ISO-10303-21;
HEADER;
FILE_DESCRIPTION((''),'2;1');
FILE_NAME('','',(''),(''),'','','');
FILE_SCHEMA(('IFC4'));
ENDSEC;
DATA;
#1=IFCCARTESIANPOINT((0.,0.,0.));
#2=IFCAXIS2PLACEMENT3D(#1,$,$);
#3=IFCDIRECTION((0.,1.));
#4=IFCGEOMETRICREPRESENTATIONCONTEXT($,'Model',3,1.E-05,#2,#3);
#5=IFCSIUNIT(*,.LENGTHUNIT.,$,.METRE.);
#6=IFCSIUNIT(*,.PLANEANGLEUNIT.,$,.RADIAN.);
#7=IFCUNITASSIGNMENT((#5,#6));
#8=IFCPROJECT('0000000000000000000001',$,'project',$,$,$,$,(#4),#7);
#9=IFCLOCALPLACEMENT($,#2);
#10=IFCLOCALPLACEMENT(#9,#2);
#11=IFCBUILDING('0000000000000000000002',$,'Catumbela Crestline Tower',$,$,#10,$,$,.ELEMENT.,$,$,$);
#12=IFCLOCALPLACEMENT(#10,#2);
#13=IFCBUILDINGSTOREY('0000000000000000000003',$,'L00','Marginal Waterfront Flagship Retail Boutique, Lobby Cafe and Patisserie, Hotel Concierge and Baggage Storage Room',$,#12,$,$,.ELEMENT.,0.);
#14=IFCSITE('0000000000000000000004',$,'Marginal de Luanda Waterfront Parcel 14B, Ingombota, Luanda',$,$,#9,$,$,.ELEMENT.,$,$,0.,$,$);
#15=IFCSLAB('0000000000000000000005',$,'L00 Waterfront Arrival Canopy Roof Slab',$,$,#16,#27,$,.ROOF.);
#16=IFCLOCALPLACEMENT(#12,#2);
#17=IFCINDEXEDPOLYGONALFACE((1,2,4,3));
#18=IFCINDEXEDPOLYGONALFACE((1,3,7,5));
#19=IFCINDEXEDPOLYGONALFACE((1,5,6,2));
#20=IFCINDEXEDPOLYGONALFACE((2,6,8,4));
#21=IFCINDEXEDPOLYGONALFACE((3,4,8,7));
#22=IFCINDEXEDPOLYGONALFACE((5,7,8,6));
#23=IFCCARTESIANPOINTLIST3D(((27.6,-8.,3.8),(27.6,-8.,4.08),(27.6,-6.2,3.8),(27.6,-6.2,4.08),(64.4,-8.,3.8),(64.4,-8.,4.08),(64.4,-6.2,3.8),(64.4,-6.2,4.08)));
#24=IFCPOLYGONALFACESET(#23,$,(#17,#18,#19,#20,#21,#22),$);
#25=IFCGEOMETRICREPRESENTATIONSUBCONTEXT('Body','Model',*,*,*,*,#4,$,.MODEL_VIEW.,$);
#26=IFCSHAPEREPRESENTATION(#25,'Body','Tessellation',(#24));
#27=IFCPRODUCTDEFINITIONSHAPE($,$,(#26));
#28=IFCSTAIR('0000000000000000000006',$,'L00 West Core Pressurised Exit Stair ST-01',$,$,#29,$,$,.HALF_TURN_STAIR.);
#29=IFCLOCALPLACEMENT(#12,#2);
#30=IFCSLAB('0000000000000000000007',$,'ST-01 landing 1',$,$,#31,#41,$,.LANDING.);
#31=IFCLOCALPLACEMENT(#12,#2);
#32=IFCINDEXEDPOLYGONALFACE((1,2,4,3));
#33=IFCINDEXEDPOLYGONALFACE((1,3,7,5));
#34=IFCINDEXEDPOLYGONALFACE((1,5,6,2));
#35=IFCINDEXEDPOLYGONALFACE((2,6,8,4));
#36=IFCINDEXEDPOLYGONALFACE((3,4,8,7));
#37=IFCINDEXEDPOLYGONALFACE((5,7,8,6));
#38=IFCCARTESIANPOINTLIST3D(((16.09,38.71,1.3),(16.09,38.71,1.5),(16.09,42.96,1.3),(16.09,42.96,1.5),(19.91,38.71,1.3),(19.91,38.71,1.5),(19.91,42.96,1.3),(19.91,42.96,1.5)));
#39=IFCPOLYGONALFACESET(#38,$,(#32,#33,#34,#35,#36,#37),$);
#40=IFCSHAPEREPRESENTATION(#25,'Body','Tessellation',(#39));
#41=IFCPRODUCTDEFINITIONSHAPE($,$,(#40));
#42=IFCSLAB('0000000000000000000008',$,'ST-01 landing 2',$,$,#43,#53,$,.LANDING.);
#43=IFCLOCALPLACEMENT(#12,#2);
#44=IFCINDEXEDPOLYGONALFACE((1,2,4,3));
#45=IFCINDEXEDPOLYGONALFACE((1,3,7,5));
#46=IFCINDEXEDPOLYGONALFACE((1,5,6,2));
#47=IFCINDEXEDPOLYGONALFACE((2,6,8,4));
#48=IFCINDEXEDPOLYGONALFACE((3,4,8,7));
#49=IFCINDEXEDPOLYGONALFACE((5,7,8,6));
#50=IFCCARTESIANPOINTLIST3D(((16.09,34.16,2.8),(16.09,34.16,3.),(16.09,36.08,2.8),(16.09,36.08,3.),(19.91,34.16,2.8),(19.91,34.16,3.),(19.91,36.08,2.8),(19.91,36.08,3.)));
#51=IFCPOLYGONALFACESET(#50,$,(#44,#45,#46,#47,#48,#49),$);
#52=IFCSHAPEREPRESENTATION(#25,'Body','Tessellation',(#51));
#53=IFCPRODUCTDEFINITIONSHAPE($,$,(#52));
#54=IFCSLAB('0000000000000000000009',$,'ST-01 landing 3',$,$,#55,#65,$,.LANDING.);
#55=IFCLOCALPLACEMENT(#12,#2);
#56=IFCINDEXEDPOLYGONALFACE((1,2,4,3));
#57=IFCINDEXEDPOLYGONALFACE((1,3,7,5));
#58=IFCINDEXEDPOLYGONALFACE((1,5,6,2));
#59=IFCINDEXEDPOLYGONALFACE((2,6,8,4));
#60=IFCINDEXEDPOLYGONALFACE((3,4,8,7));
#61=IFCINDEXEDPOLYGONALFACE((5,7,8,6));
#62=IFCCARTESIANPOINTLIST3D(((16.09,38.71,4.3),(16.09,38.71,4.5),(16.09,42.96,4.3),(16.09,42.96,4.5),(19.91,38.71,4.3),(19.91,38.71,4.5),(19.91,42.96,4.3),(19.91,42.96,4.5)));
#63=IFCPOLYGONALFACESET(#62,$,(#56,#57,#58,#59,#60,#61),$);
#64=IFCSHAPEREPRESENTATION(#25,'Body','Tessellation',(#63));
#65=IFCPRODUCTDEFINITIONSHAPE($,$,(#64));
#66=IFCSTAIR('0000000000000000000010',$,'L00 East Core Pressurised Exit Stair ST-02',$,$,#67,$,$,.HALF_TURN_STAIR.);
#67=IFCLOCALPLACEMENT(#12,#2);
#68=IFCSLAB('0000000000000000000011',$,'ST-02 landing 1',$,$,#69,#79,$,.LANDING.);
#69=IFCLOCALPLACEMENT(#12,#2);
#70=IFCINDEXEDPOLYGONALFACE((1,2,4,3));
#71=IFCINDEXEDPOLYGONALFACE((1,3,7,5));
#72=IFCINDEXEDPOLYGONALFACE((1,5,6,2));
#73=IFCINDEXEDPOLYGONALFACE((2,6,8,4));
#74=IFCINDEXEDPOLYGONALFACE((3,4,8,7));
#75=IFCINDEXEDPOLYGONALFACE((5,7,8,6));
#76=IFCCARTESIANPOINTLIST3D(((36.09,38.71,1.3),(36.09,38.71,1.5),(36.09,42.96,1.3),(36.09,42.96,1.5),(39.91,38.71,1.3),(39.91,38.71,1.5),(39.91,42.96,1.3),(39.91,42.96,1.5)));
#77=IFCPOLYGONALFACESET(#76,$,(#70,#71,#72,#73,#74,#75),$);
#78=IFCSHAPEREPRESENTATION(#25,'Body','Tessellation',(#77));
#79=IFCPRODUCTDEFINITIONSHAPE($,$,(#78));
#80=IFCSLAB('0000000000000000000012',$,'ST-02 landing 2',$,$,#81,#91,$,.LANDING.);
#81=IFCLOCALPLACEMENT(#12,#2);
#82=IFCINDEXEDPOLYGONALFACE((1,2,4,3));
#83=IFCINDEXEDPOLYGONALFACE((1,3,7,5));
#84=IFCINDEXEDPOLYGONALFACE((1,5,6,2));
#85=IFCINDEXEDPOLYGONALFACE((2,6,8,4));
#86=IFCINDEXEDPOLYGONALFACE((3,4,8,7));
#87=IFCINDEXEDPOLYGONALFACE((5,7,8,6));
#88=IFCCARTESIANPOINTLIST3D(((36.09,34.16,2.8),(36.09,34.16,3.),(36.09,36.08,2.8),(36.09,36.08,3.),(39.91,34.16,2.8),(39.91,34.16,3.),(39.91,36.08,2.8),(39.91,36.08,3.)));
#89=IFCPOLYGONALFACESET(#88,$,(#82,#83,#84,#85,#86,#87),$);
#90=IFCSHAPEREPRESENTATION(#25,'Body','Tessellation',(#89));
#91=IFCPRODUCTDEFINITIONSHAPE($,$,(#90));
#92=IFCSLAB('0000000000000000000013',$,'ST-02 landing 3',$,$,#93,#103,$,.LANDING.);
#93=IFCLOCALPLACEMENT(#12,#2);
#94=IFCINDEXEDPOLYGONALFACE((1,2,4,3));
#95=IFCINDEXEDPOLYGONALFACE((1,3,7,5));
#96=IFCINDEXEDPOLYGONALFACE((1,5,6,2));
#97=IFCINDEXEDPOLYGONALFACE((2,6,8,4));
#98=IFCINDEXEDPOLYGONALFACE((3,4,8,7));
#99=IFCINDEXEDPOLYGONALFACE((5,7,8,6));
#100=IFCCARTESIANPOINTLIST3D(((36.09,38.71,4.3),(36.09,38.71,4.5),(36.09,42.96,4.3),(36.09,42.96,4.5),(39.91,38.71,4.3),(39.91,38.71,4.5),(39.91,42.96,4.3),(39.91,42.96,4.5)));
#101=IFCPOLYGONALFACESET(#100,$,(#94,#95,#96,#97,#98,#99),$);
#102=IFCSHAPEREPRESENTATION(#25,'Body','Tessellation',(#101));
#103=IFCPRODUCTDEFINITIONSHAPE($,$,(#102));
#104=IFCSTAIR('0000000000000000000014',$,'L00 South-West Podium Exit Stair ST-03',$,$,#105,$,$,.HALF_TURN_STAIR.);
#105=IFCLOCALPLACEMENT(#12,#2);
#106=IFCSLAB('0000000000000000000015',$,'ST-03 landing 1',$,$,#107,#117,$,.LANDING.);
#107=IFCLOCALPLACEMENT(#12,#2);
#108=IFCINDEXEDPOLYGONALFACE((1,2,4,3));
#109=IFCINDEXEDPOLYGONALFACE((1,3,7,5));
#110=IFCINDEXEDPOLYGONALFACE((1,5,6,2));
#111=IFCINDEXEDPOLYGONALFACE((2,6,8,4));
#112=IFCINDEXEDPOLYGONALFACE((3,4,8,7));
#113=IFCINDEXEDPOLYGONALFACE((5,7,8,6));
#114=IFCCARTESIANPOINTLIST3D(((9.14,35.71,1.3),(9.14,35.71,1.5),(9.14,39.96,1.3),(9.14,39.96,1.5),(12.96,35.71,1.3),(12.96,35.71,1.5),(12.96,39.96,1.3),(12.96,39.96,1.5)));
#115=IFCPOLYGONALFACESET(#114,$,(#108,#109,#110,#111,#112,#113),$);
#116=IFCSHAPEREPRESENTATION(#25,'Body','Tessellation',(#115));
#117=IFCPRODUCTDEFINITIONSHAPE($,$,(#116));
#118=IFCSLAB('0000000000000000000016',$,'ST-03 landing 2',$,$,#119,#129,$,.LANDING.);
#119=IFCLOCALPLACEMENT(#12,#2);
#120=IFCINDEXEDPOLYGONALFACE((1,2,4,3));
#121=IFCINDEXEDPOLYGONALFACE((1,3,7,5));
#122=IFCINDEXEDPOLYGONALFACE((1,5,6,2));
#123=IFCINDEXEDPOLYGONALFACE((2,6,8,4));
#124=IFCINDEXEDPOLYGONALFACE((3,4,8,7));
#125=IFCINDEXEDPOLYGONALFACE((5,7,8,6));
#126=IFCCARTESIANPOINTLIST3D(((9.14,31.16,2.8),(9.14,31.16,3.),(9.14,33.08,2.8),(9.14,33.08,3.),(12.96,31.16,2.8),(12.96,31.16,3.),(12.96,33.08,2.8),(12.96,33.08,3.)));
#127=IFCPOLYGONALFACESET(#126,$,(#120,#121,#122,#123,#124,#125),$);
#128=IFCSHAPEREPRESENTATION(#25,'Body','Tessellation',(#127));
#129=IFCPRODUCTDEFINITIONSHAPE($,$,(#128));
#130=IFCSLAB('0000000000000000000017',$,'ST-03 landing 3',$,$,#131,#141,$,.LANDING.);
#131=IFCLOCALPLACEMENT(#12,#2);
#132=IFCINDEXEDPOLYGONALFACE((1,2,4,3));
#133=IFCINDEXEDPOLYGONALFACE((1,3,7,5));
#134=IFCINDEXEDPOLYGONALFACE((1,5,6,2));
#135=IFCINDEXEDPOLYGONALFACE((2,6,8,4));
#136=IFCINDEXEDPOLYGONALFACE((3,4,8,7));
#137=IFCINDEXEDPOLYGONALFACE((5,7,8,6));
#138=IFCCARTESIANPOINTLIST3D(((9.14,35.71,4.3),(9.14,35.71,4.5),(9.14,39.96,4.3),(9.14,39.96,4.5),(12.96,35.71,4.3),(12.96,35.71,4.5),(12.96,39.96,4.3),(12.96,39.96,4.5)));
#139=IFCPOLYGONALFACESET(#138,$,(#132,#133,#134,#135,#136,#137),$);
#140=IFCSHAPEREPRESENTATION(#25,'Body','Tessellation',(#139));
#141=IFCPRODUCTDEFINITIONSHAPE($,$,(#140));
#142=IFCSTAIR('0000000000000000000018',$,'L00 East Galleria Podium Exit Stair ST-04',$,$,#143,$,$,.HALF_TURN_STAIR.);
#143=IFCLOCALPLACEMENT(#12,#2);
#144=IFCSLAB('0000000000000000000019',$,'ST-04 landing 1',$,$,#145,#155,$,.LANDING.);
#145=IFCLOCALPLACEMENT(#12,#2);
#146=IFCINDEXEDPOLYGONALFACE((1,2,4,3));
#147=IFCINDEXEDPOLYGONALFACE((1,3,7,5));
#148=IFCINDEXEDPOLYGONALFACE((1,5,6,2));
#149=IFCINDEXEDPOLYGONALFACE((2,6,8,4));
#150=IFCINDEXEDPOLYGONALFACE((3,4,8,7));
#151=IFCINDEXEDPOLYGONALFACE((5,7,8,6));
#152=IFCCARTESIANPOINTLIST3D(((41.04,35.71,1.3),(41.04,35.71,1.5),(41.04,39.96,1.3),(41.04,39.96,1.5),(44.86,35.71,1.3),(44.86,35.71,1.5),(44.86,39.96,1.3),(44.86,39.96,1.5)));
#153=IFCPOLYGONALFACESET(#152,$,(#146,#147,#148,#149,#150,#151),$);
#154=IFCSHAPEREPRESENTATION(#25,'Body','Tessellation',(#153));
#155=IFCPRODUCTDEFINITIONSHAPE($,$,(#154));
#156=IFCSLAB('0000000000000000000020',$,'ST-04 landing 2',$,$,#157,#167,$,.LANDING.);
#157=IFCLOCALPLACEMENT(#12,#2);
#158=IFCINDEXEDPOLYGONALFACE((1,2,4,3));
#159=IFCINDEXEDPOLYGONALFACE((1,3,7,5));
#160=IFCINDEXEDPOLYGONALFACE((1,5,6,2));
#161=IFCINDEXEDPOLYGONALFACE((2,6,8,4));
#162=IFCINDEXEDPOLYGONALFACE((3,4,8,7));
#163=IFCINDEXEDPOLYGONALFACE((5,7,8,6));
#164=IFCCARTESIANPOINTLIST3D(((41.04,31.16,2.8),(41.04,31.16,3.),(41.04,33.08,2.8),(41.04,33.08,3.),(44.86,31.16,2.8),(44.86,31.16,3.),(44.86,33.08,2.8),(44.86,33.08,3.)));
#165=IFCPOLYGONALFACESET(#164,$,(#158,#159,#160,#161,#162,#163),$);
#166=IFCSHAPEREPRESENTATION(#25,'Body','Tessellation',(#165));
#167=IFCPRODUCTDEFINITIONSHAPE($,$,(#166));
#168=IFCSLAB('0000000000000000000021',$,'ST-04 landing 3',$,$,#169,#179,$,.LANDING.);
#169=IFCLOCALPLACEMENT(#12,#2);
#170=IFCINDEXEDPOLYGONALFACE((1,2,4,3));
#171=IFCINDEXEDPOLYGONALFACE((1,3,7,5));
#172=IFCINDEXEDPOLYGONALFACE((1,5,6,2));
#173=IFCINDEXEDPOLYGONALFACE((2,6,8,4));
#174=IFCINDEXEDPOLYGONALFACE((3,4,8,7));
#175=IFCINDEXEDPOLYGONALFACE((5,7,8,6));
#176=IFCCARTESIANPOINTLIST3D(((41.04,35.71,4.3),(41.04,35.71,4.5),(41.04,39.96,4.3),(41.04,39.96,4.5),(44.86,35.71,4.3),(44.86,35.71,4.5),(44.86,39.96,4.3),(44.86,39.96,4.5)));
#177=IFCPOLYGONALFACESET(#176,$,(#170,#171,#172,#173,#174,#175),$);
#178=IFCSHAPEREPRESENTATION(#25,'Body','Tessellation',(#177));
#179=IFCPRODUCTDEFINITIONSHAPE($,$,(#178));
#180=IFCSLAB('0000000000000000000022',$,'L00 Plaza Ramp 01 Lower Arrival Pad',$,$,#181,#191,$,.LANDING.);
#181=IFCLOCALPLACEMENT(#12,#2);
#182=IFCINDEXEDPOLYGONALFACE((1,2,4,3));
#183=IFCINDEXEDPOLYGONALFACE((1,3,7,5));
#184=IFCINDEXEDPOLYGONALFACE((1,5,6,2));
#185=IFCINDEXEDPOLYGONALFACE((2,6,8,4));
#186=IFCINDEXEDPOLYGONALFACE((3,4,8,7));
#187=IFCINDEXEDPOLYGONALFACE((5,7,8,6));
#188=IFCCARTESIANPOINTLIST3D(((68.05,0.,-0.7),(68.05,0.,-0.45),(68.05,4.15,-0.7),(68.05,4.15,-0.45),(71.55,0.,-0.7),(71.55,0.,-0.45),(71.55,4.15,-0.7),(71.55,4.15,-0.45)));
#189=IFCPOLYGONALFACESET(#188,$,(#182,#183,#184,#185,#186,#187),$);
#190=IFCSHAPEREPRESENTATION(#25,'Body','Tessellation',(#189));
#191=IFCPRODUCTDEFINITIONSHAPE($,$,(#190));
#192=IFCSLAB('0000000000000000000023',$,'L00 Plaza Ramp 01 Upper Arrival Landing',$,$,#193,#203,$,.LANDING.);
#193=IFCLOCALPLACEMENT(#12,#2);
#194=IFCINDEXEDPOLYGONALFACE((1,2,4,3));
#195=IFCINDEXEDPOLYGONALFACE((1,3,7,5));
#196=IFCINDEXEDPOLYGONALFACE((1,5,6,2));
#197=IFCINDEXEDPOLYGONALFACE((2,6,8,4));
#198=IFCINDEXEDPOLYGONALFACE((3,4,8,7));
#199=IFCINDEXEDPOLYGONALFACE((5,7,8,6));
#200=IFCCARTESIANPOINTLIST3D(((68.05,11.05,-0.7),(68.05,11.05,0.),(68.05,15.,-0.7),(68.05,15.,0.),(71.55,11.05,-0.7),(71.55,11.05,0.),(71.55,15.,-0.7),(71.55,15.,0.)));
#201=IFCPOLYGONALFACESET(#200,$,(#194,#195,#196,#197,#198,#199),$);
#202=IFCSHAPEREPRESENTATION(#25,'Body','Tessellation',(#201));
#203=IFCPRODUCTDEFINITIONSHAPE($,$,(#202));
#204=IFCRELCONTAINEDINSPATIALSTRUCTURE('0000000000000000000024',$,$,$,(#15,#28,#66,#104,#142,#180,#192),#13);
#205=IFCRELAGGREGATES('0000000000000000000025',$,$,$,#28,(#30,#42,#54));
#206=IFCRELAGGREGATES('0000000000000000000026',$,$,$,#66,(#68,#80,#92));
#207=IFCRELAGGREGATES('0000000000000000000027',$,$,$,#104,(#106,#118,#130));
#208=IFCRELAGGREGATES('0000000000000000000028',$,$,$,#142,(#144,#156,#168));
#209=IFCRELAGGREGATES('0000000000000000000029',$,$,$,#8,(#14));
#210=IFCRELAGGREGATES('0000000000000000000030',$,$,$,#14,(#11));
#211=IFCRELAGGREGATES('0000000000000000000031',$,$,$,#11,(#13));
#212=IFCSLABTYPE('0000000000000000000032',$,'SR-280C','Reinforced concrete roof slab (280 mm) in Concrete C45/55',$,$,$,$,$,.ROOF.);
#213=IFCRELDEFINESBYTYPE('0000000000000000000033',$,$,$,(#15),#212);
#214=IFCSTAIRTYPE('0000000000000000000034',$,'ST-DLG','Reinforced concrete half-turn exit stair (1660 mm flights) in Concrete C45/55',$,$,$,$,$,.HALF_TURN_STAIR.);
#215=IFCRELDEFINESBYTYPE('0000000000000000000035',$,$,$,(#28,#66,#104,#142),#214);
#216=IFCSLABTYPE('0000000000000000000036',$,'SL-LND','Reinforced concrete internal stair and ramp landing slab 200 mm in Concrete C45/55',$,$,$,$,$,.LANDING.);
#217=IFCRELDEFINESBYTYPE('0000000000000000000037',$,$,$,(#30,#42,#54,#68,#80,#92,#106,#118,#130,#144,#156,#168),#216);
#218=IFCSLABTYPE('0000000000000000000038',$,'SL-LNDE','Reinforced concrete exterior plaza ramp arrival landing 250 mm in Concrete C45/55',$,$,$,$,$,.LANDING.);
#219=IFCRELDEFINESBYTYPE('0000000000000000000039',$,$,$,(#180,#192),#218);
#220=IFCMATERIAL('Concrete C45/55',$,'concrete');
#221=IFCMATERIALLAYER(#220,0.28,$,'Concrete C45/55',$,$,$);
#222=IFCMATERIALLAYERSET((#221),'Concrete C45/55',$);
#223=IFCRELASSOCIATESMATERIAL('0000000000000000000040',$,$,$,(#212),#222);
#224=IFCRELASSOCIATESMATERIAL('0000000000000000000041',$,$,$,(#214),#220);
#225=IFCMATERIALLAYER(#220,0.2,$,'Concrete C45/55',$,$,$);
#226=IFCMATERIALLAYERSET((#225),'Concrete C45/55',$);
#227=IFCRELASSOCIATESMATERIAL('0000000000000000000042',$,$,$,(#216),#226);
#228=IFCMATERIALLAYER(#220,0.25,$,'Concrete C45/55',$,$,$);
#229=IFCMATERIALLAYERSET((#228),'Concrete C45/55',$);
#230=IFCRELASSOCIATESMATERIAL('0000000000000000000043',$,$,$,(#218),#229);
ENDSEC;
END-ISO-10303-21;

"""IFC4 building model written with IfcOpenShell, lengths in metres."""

from ifc_helpers import new_model, si_unit, direction, frame, origin, place, context, subcontext, project, spatial, polyline, outline, extrude, material, layer, layer_set, type_object, element, aggregate, save


model = new_model("IFC4")

# Units and contexts
model_context = context("Model", 3, precision=1e-05, world=origin(), true_north=direction((0.0, 1.0)))
body_context = subcontext(model_context, "Body", "Model", "MODEL_VIEW")
ifc_project = project(units=[si_unit("LENGTHUNIT", "METRE"), si_unit("PLANEANGLEUNIT", "RADIAN")], contexts=[model_context])

# Site, building, storey
site_placement = place(None, origin())
site = spatial("IfcSite", under=ifc_project, at=site_placement, Name="Marginal de Luanda Waterfront Parcel 14B, Ingombota, Luanda", CompositionType="ELEMENT", RefElevation=0.0)
building_placement = place(site_placement, origin())
building = spatial("IfcBuilding", under=site, at=building_placement, Name="Catumbela Crestline Tower", CompositionType="ELEMENT")
storey_placement = place(building_placement, origin())
storey = spatial("IfcBuildingStorey", under=building, at=storey_placement, Name="L00", Description="Marginal Waterfront Flagship Retail Boutique, Lobby Cafe and Patisserie, Hotel Concierge and Baggage Storage Room", CompositionType="ELEMENT", Elevation=0.0)

# Slab
ifc_material_1 = material(Name="Concrete C45/55", Category="concrete")
ifc_layer_1 = layer(ifc_material_1, 0.28, Name="Concrete C45/55")
ifc_layer_set_1 = layer_set([ifc_layer_1], Name="Concrete C45/55")
slab_type_1 = type_object("IfcSlabType", Name="SR-280C", Description="Reinforced concrete roof slab (280 mm) in Concrete C45/55", PredefinedType="ROOF", material=ifc_layer_set_1)
slab_1_placement = place(storey_placement, frame((0.0, 0.0, 3.8)))
element("IfcSlab", 1, at=slab_1_placement, inside=storey, type_object=slab_type_1, Name="L00 Waterfront Arrival Canopy Roof Slab", PredefinedType="ROOF", context=body_context, shape_type="SweptSolid", body=[
    extrude(outline(polyline([(27.6, -8.0), (64.4, -8.0), (64.4, -6.2), (27.6, -6.2), (27.6, -8.0)])), origin(), (0.0, 0.0, 1.0), 0.28),
])

# Stairs, slabs
stair_type = type_object("IfcStairType", Name="ST-DLG", Description="Reinforced concrete half-turn exit stair (1660 mm flights) in Concrete C45/55", PredefinedType="HALF_TURN_STAIR", material=ifc_material_1)
stair_1_placement = place(storey_placement, origin())
stair_1 = element("IfcStair", 2, at=stair_1_placement, inside=storey, type_object=stair_type, Name="L00 West Core Pressurised Exit Stair ST-01", PredefinedType="HALF_TURN_STAIR")
ifc_layer_2 = layer(ifc_material_1, 0.2, Name="Concrete C45/55")
ifc_layer_set_2 = layer_set([ifc_layer_2], Name="Concrete C45/55")
slab_type_2 = type_object("IfcSlabType", Name="SL-LND", Description="Reinforced concrete internal stair and ramp landing slab 200 mm in Concrete C45/55", PredefinedType="LANDING", material=ifc_layer_set_2)
slab_2_placement = place(storey_placement, frame((0.0, 0.0, 1.3)))
slab_2 = element("IfcSlab", 3, at=slab_2_placement, type_object=slab_type_2, Name="ST-01 landing 1", PredefinedType="LANDING", context=body_context, shape_type="SweptSolid", body=[
    extrude(outline(polyline([(19.91, 38.71), (19.91, 42.96), (16.09, 42.96), (16.09, 38.71), (19.91, 38.71)])), origin(), (0.0, 0.0, 1.0), 0.2),
])
slab_3_placement = place(storey_placement, frame((0.0, 0.0, 2.8)))
slab_3 = element("IfcSlab", 4, at=slab_3_placement, type_object=slab_type_2, Name="ST-01 landing 2", PredefinedType="LANDING", context=body_context, shape_type="SweptSolid", body=[
    extrude(outline(polyline([(19.91, 34.16), (19.91, 36.08), (16.09, 36.08), (16.09, 34.16), (19.91, 34.16)])), origin(), (0.0, 0.0, 1.0), 0.2),
])
slab_4_placement = place(storey_placement, frame((0.0, 0.0, 4.3)))
slab_4 = element("IfcSlab", 5, at=slab_4_placement, type_object=slab_type_2, Name="ST-01 landing 3", PredefinedType="LANDING", context=body_context, shape_type="SweptSolid", body=[
    extrude(outline(polyline([(19.91, 38.71), (19.91, 42.96), (16.09, 42.96), (16.09, 38.71), (19.91, 38.71)])), origin(), (0.0, 0.0, 1.0), 0.2),
])
aggregate(stair_1, [slab_2, slab_3, slab_4])
stair_2_placement = place(storey_placement, origin())
stair_2 = element("IfcStair", 6, at=stair_2_placement, inside=storey, type_object=stair_type, Name="L00 East Core Pressurised Exit Stair ST-02", PredefinedType="HALF_TURN_STAIR")
slab_5_placement = place(storey_placement, frame((0.0, 0.0, 1.3)))
slab_5 = element("IfcSlab", 7, at=slab_5_placement, type_object=slab_type_2, Name="ST-02 landing 1", PredefinedType="LANDING", context=body_context, shape_type="SweptSolid", body=[
    extrude(outline(polyline([(39.91, 38.71), (39.91, 42.96), (36.09, 42.96), (36.09, 38.71), (39.91, 38.71)])), origin(), (0.0, 0.0, 1.0), 0.2),
])
slab_6_placement = place(storey_placement, frame((0.0, 0.0, 2.8)))
slab_6 = element("IfcSlab", 8, at=slab_6_placement, type_object=slab_type_2, Name="ST-02 landing 2", PredefinedType="LANDING", context=body_context, shape_type="SweptSolid", body=[
    extrude(outline(polyline([(39.91, 34.16), (39.91, 36.08), (36.09, 36.08), (36.09, 34.16), (39.91, 34.16)])), origin(), (0.0, 0.0, 1.0), 0.2),
])
slab_7_placement = place(storey_placement, frame((0.0, 0.0, 4.3)))
slab_7 = element("IfcSlab", 9, at=slab_7_placement, type_object=slab_type_2, Name="ST-02 landing 3", PredefinedType="LANDING", context=body_context, shape_type="SweptSolid", body=[
    extrude(outline(polyline([(39.91, 38.71), (39.91, 42.96), (36.09, 42.96), (36.09, 38.71), (39.91, 38.71)])), origin(), (0.0, 0.0, 1.0), 0.2),
])
aggregate(stair_2, [slab_5, slab_6, slab_7])
stair_3_placement = place(storey_placement, origin())
stair_3 = element("IfcStair", 10, at=stair_3_placement, inside=storey, type_object=stair_type, Name="L00 South-West Podium Exit Stair ST-03", PredefinedType="HALF_TURN_STAIR")
slab_8_placement = place(storey_placement, frame((0.0, 0.0, 1.3)))
slab_8 = element("IfcSlab", 11, at=slab_8_placement, type_object=slab_type_2, Name="ST-03 landing 1", PredefinedType="LANDING", context=body_context, shape_type="SweptSolid", body=[
    extrude(outline(polyline([(12.96, 35.71), (12.96, 39.96), (9.14, 39.96), (9.14, 35.71), (12.96, 35.71)])), origin(), (0.0, 0.0, 1.0), 0.2),
])
slab_9_placement = place(storey_placement, frame((0.0, 0.0, 2.8)))
slab_9 = element("IfcSlab", 12, at=slab_9_placement, type_object=slab_type_2, Name="ST-03 landing 2", PredefinedType="LANDING", context=body_context, shape_type="SweptSolid", body=[
    extrude(outline(polyline([(12.96, 31.16), (12.96, 33.08), (9.14, 33.08), (9.14, 31.16), (12.96, 31.16)])), origin(), (0.0, 0.0, 1.0), 0.2),
])
slab_10_placement = place(storey_placement, frame((0.0, 0.0, 4.3)))
slab_10 = element("IfcSlab", 13, at=slab_10_placement, type_object=slab_type_2, Name="ST-03 landing 3", PredefinedType="LANDING", context=body_context, shape_type="SweptSolid", body=[
    extrude(outline(polyline([(12.96, 35.71), (12.96, 39.96), (9.14, 39.96), (9.14, 35.71), (12.96, 35.71)])), origin(), (0.0, 0.0, 1.0), 0.2),
])
aggregate(stair_3, [slab_8, slab_9, slab_10])
stair_4_placement = place(storey_placement, origin())
stair_4 = element("IfcStair", 14, at=stair_4_placement, inside=storey, type_object=stair_type, Name="L00 East Galleria Podium Exit Stair ST-04", PredefinedType="HALF_TURN_STAIR")
slab_11_placement = place(storey_placement, frame((0.0, 0.0, 1.3)))
slab_11 = element("IfcSlab", 15, at=slab_11_placement, type_object=slab_type_2, Name="ST-04 landing 1", PredefinedType="LANDING", context=body_context, shape_type="SweptSolid", body=[
    extrude(outline(polyline([(44.86, 35.71), (44.86, 39.96), (41.04, 39.96), (41.04, 35.71), (44.86, 35.71)])), origin(), (0.0, 0.0, 1.0), 0.2),
])
slab_12_placement = place(storey_placement, frame((0.0, 0.0, 2.8)))
slab_12 = element("IfcSlab", 16, at=slab_12_placement, type_object=slab_type_2, Name="ST-04 landing 2", PredefinedType="LANDING", context=body_context, shape_type="SweptSolid", body=[
    extrude(outline(polyline([(44.86, 31.16), (44.86, 33.08), (41.04, 33.08), (41.04, 31.16), (44.86, 31.16)])), origin(), (0.0, 0.0, 1.0), 0.2),
])
slab_13_placement = place(storey_placement, frame((0.0, 0.0, 4.3)))
slab_13 = element("IfcSlab", 17, at=slab_13_placement, type_object=slab_type_2, Name="ST-04 landing 3", PredefinedType="LANDING", context=body_context, shape_type="SweptSolid", body=[
    extrude(outline(polyline([(44.86, 35.71), (44.86, 39.96), (41.04, 39.96), (41.04, 35.71), (44.86, 35.71)])), origin(), (0.0, 0.0, 1.0), 0.2),
])
aggregate(stair_4, [slab_11, slab_12, slab_13])

# Slabs
ifc_layer_3 = layer(ifc_material_1, 0.25, Name="Concrete C45/55")
ifc_layer_set_3 = layer_set([ifc_layer_3], Name="Concrete C45/55")
slab_type_3 = type_object("IfcSlabType", Name="SL-LNDE", Description="Reinforced concrete exterior plaza ramp arrival landing 250 mm in Concrete C45/55", PredefinedType="LANDING", material=ifc_layer_set_3)
slab_14_placement = place(storey_placement, frame((0.0, 0.0, -0.7)))
element("IfcSlab", 18, at=slab_14_placement, inside=storey, type_object=slab_type_3, Name="L00 Plaza Ramp 01 Lower Arrival Pad", PredefinedType="LANDING", context=body_context, shape_type="SweptSolid", body=[
    extrude(outline(polyline([(68.05, 0.0), (71.55, 0.0), (71.55, 4.15), (68.05, 4.15), (68.05, 0.0)])), origin(), (0.0, 0.0, 1.0), 0.25),
])
slab_15_placement = place(storey_placement, frame((0.0, 0.0, -0.7)))
element("IfcSlab", 19, at=slab_15_placement, inside=storey, type_object=slab_type_3, Name="L00 Plaza Ramp 01 Upper Arrival Landing", PredefinedType="LANDING", context=body_context, shape_type="SweptSolid", body=[
    extrude(outline(polyline([(68.05, 11.05), (71.55, 11.05), (71.55, 15.0), (68.05, 15.0), (68.05, 11.05)])), origin(), (0.0, 0.0, 1.0), 0.7),
])

save(model, "model.ifc")
